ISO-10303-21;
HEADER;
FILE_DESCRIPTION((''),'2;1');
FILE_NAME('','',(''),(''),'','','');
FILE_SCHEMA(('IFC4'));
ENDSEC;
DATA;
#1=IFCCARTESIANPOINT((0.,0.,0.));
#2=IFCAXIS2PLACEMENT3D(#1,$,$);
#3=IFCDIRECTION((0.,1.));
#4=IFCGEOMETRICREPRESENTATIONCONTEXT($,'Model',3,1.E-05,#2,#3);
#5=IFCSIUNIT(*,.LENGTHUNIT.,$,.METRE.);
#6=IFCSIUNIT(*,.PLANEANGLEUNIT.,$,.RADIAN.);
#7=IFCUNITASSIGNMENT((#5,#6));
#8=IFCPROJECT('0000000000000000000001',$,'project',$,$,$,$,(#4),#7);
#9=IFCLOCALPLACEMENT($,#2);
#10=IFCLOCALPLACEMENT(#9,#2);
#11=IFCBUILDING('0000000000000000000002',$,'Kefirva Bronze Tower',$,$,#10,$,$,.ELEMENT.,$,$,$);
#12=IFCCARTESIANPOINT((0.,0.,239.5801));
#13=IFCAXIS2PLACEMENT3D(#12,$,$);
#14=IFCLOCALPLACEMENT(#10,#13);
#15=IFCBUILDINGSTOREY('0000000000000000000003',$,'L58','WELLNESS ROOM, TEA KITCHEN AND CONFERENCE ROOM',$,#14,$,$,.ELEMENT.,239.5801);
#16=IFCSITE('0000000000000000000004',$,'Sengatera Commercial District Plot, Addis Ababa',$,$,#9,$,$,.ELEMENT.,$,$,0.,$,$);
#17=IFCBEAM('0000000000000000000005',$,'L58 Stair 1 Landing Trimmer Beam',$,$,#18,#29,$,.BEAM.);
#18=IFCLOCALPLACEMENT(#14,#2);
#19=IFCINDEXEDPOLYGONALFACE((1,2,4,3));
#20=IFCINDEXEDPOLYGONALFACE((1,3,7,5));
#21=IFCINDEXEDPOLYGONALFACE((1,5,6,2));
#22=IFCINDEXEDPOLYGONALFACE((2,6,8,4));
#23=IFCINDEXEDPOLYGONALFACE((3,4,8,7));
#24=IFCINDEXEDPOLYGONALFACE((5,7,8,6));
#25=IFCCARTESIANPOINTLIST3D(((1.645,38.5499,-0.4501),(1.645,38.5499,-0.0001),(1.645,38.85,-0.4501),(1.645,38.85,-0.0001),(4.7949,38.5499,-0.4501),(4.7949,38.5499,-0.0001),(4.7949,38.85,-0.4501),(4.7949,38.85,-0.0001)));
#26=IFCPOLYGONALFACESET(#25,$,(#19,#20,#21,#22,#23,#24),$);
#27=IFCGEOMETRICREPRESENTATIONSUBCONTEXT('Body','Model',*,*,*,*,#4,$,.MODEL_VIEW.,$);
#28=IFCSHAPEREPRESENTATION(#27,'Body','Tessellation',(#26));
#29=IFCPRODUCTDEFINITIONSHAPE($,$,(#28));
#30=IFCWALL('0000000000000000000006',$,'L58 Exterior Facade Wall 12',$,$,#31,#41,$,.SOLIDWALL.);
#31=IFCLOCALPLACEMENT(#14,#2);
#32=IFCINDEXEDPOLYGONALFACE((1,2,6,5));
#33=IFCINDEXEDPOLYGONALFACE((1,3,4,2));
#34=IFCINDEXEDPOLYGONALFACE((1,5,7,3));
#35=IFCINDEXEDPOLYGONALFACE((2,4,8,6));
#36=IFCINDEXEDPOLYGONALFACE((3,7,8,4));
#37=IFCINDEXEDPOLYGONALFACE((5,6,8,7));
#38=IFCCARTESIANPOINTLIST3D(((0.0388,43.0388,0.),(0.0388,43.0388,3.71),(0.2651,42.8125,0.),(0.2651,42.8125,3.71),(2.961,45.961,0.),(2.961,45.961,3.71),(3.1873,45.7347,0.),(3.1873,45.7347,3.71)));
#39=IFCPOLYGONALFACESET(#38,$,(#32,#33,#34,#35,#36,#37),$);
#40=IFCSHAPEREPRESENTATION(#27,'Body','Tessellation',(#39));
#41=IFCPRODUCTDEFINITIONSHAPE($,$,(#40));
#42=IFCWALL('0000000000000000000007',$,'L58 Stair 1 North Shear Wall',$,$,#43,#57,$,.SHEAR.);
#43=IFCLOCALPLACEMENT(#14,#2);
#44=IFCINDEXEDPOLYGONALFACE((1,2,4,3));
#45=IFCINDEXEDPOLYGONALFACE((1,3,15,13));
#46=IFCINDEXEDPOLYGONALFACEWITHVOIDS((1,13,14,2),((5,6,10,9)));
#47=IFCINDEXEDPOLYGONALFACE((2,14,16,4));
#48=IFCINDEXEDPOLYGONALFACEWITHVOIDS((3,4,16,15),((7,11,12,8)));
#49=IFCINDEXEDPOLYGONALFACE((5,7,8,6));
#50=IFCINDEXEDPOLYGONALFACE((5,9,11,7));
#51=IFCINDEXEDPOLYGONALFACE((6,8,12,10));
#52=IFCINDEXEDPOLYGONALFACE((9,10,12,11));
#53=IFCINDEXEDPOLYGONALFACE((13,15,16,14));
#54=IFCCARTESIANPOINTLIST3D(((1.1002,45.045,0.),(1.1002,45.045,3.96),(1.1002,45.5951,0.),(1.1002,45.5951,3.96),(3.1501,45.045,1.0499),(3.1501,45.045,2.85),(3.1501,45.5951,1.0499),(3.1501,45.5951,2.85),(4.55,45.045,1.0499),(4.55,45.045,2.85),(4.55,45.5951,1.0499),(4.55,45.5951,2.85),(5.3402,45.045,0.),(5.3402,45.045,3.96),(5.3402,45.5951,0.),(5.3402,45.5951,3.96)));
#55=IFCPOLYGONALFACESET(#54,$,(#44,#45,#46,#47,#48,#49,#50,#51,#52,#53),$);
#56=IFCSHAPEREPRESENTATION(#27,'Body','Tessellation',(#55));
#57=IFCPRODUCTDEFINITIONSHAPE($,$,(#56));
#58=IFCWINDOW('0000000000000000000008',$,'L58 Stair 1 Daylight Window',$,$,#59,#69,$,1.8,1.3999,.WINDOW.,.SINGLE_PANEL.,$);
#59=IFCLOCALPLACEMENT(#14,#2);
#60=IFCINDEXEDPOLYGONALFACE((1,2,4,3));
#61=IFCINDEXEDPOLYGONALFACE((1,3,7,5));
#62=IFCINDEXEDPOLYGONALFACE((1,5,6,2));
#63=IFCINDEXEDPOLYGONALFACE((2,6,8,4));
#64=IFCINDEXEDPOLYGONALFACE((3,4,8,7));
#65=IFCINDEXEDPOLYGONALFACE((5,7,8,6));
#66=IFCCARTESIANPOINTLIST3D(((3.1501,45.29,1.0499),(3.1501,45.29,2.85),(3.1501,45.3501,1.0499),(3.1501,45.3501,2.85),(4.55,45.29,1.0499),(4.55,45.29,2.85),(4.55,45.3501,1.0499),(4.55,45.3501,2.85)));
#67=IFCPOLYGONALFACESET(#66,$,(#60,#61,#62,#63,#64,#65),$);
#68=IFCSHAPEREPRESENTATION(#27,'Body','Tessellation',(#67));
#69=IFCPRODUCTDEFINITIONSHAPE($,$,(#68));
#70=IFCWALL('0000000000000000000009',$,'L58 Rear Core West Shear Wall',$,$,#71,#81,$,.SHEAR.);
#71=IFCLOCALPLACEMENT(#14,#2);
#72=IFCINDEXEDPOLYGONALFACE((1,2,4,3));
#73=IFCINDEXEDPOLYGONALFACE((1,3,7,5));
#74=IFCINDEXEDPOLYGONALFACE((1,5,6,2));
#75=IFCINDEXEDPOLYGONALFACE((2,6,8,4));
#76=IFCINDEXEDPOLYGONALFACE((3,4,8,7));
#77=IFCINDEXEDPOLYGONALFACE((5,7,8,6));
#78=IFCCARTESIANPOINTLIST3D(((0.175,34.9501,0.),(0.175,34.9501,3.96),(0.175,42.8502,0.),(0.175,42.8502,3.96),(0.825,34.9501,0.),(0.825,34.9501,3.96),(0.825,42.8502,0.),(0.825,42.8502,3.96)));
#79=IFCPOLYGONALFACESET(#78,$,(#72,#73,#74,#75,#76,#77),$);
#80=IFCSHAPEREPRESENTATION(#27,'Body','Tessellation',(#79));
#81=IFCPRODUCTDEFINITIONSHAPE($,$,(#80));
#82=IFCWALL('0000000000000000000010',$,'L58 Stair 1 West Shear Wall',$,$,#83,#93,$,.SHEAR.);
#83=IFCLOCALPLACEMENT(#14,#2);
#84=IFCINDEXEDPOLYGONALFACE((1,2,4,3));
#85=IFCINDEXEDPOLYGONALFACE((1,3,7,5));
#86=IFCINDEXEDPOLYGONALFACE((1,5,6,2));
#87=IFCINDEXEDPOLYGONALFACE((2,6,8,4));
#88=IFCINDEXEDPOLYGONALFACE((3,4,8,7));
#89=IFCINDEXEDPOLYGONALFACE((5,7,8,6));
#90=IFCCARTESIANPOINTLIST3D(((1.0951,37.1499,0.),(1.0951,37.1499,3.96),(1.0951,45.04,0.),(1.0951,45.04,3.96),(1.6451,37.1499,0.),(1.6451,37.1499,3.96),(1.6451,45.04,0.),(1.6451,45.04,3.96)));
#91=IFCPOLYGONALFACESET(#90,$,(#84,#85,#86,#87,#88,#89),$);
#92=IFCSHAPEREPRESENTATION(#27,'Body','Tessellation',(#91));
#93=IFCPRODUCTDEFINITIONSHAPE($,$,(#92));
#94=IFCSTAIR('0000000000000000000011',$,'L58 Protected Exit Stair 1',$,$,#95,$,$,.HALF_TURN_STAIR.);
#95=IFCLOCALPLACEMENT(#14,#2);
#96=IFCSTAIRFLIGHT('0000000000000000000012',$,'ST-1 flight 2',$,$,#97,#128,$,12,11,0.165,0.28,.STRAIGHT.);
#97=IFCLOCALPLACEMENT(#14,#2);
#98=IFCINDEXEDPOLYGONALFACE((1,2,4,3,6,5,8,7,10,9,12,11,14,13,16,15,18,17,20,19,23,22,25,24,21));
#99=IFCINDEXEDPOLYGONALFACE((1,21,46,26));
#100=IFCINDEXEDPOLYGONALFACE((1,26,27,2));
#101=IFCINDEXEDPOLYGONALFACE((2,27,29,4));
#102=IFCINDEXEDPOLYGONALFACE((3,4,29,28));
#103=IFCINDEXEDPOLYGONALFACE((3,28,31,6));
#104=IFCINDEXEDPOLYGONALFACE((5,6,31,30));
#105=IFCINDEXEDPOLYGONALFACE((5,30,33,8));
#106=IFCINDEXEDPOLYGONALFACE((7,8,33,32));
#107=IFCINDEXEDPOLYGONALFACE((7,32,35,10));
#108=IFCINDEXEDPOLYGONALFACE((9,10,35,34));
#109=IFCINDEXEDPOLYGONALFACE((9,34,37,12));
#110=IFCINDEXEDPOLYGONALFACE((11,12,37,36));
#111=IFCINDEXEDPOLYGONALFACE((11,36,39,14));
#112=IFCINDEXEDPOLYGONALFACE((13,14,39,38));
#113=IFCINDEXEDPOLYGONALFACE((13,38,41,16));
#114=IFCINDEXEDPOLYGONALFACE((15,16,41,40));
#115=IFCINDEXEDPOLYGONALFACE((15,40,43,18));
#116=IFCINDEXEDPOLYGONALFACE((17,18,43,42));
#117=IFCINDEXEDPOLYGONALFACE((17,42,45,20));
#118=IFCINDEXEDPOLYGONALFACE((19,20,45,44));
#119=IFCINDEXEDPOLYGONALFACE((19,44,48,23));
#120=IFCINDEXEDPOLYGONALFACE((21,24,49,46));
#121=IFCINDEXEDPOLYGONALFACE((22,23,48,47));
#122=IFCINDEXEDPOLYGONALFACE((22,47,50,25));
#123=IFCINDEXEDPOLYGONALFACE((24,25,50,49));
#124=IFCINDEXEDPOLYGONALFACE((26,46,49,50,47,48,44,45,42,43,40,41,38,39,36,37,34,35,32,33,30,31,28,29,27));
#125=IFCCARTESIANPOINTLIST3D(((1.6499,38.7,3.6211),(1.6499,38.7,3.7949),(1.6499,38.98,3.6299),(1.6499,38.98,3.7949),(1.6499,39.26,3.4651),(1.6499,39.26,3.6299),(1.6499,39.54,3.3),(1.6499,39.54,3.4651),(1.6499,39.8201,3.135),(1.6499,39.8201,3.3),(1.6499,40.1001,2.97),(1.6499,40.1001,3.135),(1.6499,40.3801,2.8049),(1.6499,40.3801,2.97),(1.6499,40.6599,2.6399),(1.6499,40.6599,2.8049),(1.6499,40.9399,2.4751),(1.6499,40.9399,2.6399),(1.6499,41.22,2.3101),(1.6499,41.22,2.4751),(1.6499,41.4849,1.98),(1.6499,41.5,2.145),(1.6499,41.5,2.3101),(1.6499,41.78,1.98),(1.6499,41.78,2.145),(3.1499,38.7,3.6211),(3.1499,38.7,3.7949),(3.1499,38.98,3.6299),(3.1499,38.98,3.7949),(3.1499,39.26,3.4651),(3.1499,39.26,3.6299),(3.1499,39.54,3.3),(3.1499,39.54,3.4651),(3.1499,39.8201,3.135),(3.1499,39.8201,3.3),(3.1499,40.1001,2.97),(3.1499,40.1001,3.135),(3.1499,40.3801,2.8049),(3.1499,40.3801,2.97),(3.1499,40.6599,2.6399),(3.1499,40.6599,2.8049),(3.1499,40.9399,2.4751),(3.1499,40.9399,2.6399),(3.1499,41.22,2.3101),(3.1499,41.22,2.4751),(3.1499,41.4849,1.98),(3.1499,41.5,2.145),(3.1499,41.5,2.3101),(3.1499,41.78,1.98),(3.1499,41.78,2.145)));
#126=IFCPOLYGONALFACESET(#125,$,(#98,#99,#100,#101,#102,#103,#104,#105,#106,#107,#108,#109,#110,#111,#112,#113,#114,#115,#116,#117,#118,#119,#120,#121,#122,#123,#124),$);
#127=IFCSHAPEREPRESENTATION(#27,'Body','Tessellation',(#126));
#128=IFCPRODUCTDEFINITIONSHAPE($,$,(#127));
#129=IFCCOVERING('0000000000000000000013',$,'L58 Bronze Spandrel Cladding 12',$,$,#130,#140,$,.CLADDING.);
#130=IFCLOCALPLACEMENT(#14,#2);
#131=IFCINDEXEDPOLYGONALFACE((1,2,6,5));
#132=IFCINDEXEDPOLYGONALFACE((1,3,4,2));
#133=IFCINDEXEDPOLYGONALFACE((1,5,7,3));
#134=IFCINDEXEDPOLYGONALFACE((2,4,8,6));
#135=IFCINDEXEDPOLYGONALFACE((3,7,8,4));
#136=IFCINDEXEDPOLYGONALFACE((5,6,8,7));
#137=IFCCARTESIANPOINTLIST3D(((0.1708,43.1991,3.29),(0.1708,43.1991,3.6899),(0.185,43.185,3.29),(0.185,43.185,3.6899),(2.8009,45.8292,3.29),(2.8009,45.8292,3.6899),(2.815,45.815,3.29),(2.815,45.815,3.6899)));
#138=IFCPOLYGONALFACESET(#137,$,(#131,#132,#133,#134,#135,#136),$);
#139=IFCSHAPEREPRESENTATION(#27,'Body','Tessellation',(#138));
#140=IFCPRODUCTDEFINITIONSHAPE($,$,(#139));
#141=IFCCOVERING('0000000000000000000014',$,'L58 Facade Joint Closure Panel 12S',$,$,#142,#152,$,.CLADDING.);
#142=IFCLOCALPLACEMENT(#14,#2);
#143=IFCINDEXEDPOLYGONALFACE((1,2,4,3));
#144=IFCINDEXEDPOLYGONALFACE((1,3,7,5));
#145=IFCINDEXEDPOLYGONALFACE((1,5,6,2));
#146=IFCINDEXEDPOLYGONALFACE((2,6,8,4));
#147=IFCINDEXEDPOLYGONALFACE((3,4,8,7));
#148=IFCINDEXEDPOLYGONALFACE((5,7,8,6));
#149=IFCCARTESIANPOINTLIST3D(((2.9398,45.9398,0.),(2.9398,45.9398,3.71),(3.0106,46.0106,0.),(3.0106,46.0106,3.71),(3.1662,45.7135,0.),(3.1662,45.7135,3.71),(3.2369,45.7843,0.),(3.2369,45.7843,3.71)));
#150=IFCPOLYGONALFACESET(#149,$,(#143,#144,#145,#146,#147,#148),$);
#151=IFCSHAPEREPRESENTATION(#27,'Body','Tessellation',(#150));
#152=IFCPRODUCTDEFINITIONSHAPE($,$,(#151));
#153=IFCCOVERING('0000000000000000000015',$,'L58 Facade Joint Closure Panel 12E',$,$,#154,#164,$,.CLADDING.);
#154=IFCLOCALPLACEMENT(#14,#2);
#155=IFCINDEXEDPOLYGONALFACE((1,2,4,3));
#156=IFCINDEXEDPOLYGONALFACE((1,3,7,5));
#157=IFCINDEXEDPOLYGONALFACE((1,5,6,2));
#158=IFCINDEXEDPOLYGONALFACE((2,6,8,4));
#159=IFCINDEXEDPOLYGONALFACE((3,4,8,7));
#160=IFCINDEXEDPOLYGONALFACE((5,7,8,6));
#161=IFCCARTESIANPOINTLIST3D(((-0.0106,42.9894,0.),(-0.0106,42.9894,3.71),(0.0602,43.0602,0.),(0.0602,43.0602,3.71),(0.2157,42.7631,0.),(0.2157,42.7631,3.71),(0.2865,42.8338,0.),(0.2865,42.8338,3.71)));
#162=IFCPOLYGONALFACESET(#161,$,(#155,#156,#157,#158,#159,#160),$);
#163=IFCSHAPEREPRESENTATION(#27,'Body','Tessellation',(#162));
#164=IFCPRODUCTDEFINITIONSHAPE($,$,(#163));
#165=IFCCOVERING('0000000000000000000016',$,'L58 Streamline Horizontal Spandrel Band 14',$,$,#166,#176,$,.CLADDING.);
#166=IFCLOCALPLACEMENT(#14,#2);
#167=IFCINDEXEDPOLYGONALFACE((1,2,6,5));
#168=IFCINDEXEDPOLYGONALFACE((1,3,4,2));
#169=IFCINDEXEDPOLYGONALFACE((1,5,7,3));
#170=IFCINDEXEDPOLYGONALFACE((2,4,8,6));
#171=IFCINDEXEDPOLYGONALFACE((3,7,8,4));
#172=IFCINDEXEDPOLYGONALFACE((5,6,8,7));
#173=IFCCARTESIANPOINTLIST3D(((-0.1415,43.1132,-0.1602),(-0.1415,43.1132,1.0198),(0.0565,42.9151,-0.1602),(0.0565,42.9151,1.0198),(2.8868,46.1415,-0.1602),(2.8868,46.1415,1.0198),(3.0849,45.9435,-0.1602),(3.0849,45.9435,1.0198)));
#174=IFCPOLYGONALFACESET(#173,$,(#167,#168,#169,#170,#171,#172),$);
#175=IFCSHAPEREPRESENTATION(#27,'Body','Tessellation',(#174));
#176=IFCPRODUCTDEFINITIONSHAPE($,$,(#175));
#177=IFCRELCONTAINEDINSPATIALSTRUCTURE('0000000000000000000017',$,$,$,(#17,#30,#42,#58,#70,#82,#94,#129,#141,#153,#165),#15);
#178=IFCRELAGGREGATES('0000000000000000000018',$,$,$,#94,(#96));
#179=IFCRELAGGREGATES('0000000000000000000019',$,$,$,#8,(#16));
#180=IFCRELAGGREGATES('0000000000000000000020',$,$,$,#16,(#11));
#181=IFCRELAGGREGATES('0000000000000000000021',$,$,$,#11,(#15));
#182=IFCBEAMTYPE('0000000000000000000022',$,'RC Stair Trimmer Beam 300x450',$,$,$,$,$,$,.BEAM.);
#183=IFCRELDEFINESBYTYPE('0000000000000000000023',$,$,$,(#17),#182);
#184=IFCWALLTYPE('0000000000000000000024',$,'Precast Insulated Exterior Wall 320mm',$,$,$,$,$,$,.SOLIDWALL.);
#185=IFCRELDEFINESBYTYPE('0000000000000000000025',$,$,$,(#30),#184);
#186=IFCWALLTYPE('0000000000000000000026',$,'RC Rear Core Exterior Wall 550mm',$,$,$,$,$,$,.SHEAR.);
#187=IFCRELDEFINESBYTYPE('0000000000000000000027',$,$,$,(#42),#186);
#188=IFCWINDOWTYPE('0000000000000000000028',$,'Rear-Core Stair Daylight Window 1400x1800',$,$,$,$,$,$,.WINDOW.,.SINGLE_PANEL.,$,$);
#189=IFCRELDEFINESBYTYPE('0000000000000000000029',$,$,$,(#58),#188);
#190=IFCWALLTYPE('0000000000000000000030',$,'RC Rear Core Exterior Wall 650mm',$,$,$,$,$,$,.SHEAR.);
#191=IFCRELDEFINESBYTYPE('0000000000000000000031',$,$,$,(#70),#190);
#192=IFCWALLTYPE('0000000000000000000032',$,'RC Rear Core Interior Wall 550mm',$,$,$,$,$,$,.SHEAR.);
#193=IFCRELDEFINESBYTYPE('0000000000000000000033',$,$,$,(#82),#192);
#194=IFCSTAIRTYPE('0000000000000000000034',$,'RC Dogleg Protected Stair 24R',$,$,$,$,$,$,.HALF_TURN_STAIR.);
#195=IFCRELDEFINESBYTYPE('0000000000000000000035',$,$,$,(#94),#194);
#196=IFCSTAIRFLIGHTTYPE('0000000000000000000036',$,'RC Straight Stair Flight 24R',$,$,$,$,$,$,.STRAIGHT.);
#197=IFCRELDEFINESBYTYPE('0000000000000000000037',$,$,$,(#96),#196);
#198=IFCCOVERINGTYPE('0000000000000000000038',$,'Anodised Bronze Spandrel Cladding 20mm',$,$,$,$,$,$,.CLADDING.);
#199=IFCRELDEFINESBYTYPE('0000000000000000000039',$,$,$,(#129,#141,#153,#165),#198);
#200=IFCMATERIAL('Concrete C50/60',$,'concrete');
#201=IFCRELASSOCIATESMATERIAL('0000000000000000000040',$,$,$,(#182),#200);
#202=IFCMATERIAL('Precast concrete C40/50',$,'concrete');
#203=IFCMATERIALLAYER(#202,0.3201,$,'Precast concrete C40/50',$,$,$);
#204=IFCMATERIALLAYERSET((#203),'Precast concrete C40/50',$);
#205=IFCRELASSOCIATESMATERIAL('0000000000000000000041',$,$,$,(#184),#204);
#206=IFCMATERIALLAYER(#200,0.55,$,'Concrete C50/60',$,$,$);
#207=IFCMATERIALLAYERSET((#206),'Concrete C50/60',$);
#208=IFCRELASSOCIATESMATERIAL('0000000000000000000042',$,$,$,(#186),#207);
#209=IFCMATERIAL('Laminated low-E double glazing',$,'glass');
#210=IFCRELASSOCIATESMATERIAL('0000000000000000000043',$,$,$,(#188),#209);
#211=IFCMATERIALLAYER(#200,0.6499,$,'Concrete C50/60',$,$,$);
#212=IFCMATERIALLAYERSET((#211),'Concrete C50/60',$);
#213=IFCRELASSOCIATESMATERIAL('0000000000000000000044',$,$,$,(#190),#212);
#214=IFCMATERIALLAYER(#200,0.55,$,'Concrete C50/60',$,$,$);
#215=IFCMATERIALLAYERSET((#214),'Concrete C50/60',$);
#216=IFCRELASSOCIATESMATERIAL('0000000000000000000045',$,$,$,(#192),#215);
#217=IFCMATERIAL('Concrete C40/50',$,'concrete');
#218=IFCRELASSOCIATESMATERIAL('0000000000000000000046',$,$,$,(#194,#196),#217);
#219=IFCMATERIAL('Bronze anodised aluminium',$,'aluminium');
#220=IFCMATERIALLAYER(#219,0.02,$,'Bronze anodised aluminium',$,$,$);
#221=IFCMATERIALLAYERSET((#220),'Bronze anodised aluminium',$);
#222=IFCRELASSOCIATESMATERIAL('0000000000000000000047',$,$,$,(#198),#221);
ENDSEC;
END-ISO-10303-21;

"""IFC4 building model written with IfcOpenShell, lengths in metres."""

from ifc_helpers import new_model, si_unit, direction, frame, frame_2d, origin, origin_2d, place, context, subcontext, project, spatial, polyline, rectangle, outline, extrude, material, layer, layer_set, material_profile, profile_set, type_object, element, fill, aggregate, save


model = new_model("IFC4")

# Units and contexts
model_context = context("Model", 3, precision=1e-05, world=origin(), true_north=direction((0.0, 1.0)))
body_context = subcontext(model_context, "Body", "Model", "MODEL_VIEW")
ifc_project = project(units=[si_unit("LENGTHUNIT", "METRE"), si_unit("PLANEANGLEUNIT", "RADIAN")], contexts=[model_context])

# Site, building, storey
site_placement = place(None, origin())
site = spatial("IfcSite", under=ifc_project, at=site_placement, Name="Sengatera Commercial District Plot, Addis Ababa", CompositionType="ELEMENT", RefElevation=0.0)
building_placement = place(site_placement, origin())
building = spatial("IfcBuilding", under=site, at=building_placement, Name="Kefirva Bronze Tower", CompositionType="ELEMENT")
storey_placement = place(building_placement, frame((0.0, 0.0, 239.5801)))
storey = spatial("IfcBuildingStorey", under=building, at=storey_placement, Name="L58", Description="WELLNESS ROOM, TEA KITCHEN AND CONFERENCE ROOM", CompositionType="ELEMENT", Elevation=239.5801)

# Beam
ifc_material_1 = material(Name="Concrete C50/60", Category="concrete")
ifc_material_profile = material_profile(ifc_material_1, rectangle(XDim=0.3, YDim=0.45, at=origin_2d()), Name="RC 300x450")
ifc_profile_set = profile_set([ifc_material_profile], Name="Concrete C50/60")
beam_type = type_object("IfcBeamType", Name="RC Stair Trimmer Beam 300x450", PredefinedType="BEAM", material=ifc_profile_set)
beam_placement = place(storey_placement, frame((1.645, 38.7, -0.2251), z_axis=(1.0, 0.0, 0.0), x_axis=(0.0, 1.0, 0.0)))
element("IfcBeam", 1, at=beam_placement, inside=storey, type_object=beam_type, Name="L58 Stair 1 Landing Trimmer Beam", PredefinedType="BEAM", context=body_context, shape_type="SweptSolid", body=[
    extrude(rectangle(XDim=0.3, YDim=0.45, at=origin_2d()), origin(), (0.0, 0.0, 1.0), 3.1499),
])

# Wall
ifc_material_2 = material(Name="Precast concrete C40/50", Category="concrete")
ifc_layer_1 = layer(ifc_material_2, 0.3201, Name="Precast concrete C40/50")
ifc_layer_set_1 = layer_set([ifc_layer_1], Name="Precast concrete C40/50")
wall_type_1 = type_object("IfcWallType", Name="Precast Insulated Exterior Wall 320mm", PredefinedType="SOLIDWALL", material=ifc_layer_set_1)
wall_1_placement = place(storey_placement, frame((3.0742, 45.8479, 0.0), z_axis=(0.0, 0.0, 1.0), x_axis=(-0.707107, -0.707107, 0.0)))
element("IfcWall", 2, at=wall_1_placement, inside=storey, type_object=wall_type_1, Name="L58 Exterior Facade Wall 12", PredefinedType="SOLIDWALL", context=body_context, shape_type="SweptSolid", body=[
    extrude(rectangle(XDim=4.1326, YDim=0.3201, at=frame_2d((2.0664, 0.0))), origin(), (0.0, 0.0, 1.0), 3.71),
])

# Wall, opening, window
ifc_layer_2 = layer(ifc_material_1, 0.55, Name="Concrete C50/60")
ifc_layer_set_2 = layer_set([ifc_layer_2], Name="Concrete C50/60")
wall_type_2 = type_object("IfcWallType", Name="RC Rear Core Exterior Wall 550mm", PredefinedType="SHEAR", material=ifc_layer_set_2)
wall_2_placement = place(storey_placement, frame((1.1001, 45.3201, 0.0), z_axis=(0.0, 0.0, 1.0), x_axis=(1.0, 0.0, 0.0)))
wall_2 = element("IfcWall", 3, at=wall_2_placement, inside=storey, type_object=wall_type_2, Name="L58 Stair 1 North Shear Wall", PredefinedType="SHEAR", context=body_context, shape_type="SweptSolid", body=[
    extrude(rectangle(XDim=4.24, YDim=0.55, at=frame_2d((2.1201, 0.0))), origin(), (0.0, 0.0, 1.0), 3.96),
])
opening_1_placement = place(wall_2_placement, frame((2.05, 0.0, 1.05)))
opening_1 = element("IfcOpeningElement", 4, at=opening_1_placement, cuts=wall_2, PredefinedType="OPENING", context=body_context, shape_type="SweptSolid", body=[
    extrude(rectangle(XDim=1.3999, YDim=1.8, at=frame_2d((0.7, 0.8999))), frame((0.0, 0.2852, 0.0), z_axis=(0.0, -1.0, 0.0), x_axis=(1.0, 0.0, 0.0)), (0.0, 0.0, 1.0), 0.5701),
])
ifc_material_3 = material(Name="Laminated low-E double glazing", Category="glass")
window_type = type_object("IfcWindowType", Name="Rear-Core Stair Daylight Window 1400x1800", PartitioningType="SINGLE_PANEL", PredefinedType="WINDOW", material=ifc_material_3)
window_placement = place(opening_1_placement, origin())
window = element("IfcWindow", 5, at=window_placement, inside=storey, type_object=window_type, Name="L58 Stair 1 Daylight Window", OverallHeight=1.8, OverallWidth=1.3999, PartitioningType="SINGLE_PANEL", PredefinedType="WINDOW", context=body_context, shape_type="SweptSolid", body=[
    extrude(rectangle(XDim=1.3999, YDim=1.8, at=frame_2d((0.7, 0.8999))), frame((0.0, 0.03, 0.0), z_axis=(0.0, -1.0, 0.0), x_axis=(1.0, 0.0, 0.0)), (0.0, 0.0, 1.0), 0.0601),
])
fill(opening_1, window)

# Walls
ifc_layer_3 = layer(ifc_material_1, 0.6499, Name="Concrete C50/60")
ifc_layer_set_3 = layer_set([ifc_layer_3], Name="Concrete C50/60")
wall_type_3 = type_object("IfcWallType", Name="RC Rear Core Exterior Wall 650mm", PredefinedType="SHEAR", material=ifc_layer_set_3)
wall_3_placement = place(storey_placement, frame((0.5, 34.95, 0.0), z_axis=(0.0, 0.0, 1.0), x_axis=(0.0, 1.0, 0.0)))
element("IfcWall", 6, at=wall_3_placement, inside=storey, type_object=wall_type_3, Name="L58 Rear Core West Shear Wall", PredefinedType="SHEAR", context=body_context, shape_type="SweptSolid", body=[
    extrude(rectangle(XDim=7.9001, YDim=0.6499, at=frame_2d((3.9502, 0.0))), origin(), (0.0, 0.0, 1.0), 3.96),
])
ifc_layer_4 = layer(ifc_material_1, 0.55, Name="Concrete C50/60")
ifc_layer_set_4 = layer_set([ifc_layer_4], Name="Concrete C50/60")
wall_type_4 = type_object("IfcWallType", Name="RC Rear Core Interior Wall 550mm", PredefinedType="SHEAR", material=ifc_layer_set_4)
wall_4_placement = place(storey_placement, frame((1.3701, 37.1499, 0.0), z_axis=(0.0, 0.0, 1.0), x_axis=(0.0, 1.0, 0.0)))
element("IfcWall", 7, at=wall_4_placement, inside=storey, type_object=wall_type_4, Name="L58 Stair 1 West Shear Wall", PredefinedType="SHEAR", context=body_context, shape_type="SweptSolid", body=[
    extrude(rectangle(XDim=7.8901, YDim=0.55, at=frame_2d((3.9451, 0.0))), origin(), (0.0, 0.0, 1.0), 3.96),
])

# Stair, stair flight
ifc_material_4 = material(Name="Concrete C40/50", Category="concrete")
stair_type = type_object("IfcStairType", Name="RC Dogleg Protected Stair 24R", PredefinedType="HALF_TURN_STAIR", material=ifc_material_4)
stair_placement = place(storey_placement, origin())
stair = element("IfcStair", 8, at=stair_placement, inside=storey, type_object=stair_type, Name="L58 Protected Exit Stair 1", PredefinedType="HALF_TURN_STAIR")
stair_flight_type = type_object("IfcStairFlightType", Name="RC Straight Stair Flight 24R", PredefinedType="STRAIGHT", material=ifc_material_4)
stair_flight_placement = place(storey_placement, frame((2.3999, 41.78, 1.98), z_axis=(0.0, 0.0, 1.0), x_axis=(0.0, -1.0, 0.0)))
stair_flight = element("IfcStairFlight", 9, at=stair_flight_placement, type_object=stair_flight_type, Name="ST-1 flight 2", NumberOfRisers=12, NumberOfTreads=11, PredefinedType="STRAIGHT", RiserHeight=0.165, TreadLength=0.28, context=body_context, shape_type="SweptSolid", body=[
    extrude(outline(polyline([(0.0, 0.0), (0.0, 0.165), (0.28, 0.165), (0.28, 0.3301), (0.5601, 0.3301), (0.5601, 0.4951), (0.8401, 0.4951), (0.8401, 0.6599), (1.1201, 0.6599), (1.1201, 0.825), (1.3999, 0.825), (1.3999, 0.99), (1.6799, 0.99), (1.6799, 1.155), (1.96, 1.155), (1.96, 1.3201), (2.24, 1.3201), (2.24, 1.4851), (2.52, 1.4851), (2.52, 1.6499), (2.8, 1.6499), (2.8, 1.8149), (3.0801, 1.8149), (3.0801, 1.98), (3.0801, 1.6411), (0.2952, 0.0), (0.0, 0.0)])), frame((0.0, 0.75, 0.0), z_axis=(0.0, -1.0, 0.0), x_axis=(1.0, 0.0, 0.0)), (0.0, 0.0, 1.0), 1.5),
])
aggregate(stair, [stair_flight])

# Coverings
ifc_material_5 = material(Name="Bronze anodised aluminium", Category="aluminium")
ifc_layer_5 = layer(ifc_material_5, 0.02, Name="Bronze anodised aluminium")
ifc_layer_set_5 = layer_set([ifc_layer_5], Name="Bronze anodised aluminium")
covering_type_1 = type_object("IfcCoveringType", Name="Anodised Bronze Spandrel Cladding 20mm", PredefinedType="CLADDING", material=ifc_layer_set_5)
covering_1_placement = place(storey_placement, frame((1.4929, 44.5071, 3.29), z_axis=(0.0, 0.0, 1.0), x_axis=(-0.707107, -0.707107, 0.0)))
element("IfcCovering", 10, at=covering_1_placement, inside=storey, type_object=covering_type_1, Name="L58 Bronze Spandrel Cladding 12", PredefinedType="CLADDING", context=body_context, shape_type="SweptSolid", body=[
    extrude(rectangle(XDim=3.7195, YDim=0.02, at=origin_2d()), origin(), (0.0, 0.0, 1.0), 0.3999),
])
for number, where, z_axis, x_axis, name in (
    (11, (3.0884, 45.8621, 0.0), (0.0, 0.0, 1.0), (-0.707107, -0.707107, 0.0), "L58 Facade Joint Closure Panel 12S"),
    (12, (0.1379, 42.9116, 0.0), (0.0, 0.0, 1.0), (-0.707107, -0.707107, 0.0), "L58 Facade Joint Closure Panel 12E"),
):
    element("IfcCovering", number, at=place(storey_placement, frame(where, z_axis=z_axis, x_axis=x_axis)), inside=storey, type_object=covering_type_1, Name=name, PredefinedType="CLADDING", context=body_context, shape_type="SweptSolid", body=[
        extrude(rectangle(XDim=0.1001, YDim=0.3201, at=origin_2d()), origin(), (0.0, 0.0, 1.0), 3.71),
    ])
covering_2_placement = place(storey_placement, frame((1.4717, 44.5283, -0.1602), z_axis=(0.0, 0.0, 1.0), x_axis=(-0.707107, -0.707107, 0.0)))
element("IfcCovering", 13, at=covering_2_placement, inside=storey, type_object=covering_type_1, Name="L58 Streamline Horizontal Spandrel Band 14", PredefinedType="CLADDING", context=body_context, shape_type="SweptSolid", body=[
    extrude(rectangle(XDim=4.2827, YDim=0.28, at=origin_2d()), origin(), (0.0, 0.0, 1.0), 1.1799),
])

save(model, "model.ifc")
